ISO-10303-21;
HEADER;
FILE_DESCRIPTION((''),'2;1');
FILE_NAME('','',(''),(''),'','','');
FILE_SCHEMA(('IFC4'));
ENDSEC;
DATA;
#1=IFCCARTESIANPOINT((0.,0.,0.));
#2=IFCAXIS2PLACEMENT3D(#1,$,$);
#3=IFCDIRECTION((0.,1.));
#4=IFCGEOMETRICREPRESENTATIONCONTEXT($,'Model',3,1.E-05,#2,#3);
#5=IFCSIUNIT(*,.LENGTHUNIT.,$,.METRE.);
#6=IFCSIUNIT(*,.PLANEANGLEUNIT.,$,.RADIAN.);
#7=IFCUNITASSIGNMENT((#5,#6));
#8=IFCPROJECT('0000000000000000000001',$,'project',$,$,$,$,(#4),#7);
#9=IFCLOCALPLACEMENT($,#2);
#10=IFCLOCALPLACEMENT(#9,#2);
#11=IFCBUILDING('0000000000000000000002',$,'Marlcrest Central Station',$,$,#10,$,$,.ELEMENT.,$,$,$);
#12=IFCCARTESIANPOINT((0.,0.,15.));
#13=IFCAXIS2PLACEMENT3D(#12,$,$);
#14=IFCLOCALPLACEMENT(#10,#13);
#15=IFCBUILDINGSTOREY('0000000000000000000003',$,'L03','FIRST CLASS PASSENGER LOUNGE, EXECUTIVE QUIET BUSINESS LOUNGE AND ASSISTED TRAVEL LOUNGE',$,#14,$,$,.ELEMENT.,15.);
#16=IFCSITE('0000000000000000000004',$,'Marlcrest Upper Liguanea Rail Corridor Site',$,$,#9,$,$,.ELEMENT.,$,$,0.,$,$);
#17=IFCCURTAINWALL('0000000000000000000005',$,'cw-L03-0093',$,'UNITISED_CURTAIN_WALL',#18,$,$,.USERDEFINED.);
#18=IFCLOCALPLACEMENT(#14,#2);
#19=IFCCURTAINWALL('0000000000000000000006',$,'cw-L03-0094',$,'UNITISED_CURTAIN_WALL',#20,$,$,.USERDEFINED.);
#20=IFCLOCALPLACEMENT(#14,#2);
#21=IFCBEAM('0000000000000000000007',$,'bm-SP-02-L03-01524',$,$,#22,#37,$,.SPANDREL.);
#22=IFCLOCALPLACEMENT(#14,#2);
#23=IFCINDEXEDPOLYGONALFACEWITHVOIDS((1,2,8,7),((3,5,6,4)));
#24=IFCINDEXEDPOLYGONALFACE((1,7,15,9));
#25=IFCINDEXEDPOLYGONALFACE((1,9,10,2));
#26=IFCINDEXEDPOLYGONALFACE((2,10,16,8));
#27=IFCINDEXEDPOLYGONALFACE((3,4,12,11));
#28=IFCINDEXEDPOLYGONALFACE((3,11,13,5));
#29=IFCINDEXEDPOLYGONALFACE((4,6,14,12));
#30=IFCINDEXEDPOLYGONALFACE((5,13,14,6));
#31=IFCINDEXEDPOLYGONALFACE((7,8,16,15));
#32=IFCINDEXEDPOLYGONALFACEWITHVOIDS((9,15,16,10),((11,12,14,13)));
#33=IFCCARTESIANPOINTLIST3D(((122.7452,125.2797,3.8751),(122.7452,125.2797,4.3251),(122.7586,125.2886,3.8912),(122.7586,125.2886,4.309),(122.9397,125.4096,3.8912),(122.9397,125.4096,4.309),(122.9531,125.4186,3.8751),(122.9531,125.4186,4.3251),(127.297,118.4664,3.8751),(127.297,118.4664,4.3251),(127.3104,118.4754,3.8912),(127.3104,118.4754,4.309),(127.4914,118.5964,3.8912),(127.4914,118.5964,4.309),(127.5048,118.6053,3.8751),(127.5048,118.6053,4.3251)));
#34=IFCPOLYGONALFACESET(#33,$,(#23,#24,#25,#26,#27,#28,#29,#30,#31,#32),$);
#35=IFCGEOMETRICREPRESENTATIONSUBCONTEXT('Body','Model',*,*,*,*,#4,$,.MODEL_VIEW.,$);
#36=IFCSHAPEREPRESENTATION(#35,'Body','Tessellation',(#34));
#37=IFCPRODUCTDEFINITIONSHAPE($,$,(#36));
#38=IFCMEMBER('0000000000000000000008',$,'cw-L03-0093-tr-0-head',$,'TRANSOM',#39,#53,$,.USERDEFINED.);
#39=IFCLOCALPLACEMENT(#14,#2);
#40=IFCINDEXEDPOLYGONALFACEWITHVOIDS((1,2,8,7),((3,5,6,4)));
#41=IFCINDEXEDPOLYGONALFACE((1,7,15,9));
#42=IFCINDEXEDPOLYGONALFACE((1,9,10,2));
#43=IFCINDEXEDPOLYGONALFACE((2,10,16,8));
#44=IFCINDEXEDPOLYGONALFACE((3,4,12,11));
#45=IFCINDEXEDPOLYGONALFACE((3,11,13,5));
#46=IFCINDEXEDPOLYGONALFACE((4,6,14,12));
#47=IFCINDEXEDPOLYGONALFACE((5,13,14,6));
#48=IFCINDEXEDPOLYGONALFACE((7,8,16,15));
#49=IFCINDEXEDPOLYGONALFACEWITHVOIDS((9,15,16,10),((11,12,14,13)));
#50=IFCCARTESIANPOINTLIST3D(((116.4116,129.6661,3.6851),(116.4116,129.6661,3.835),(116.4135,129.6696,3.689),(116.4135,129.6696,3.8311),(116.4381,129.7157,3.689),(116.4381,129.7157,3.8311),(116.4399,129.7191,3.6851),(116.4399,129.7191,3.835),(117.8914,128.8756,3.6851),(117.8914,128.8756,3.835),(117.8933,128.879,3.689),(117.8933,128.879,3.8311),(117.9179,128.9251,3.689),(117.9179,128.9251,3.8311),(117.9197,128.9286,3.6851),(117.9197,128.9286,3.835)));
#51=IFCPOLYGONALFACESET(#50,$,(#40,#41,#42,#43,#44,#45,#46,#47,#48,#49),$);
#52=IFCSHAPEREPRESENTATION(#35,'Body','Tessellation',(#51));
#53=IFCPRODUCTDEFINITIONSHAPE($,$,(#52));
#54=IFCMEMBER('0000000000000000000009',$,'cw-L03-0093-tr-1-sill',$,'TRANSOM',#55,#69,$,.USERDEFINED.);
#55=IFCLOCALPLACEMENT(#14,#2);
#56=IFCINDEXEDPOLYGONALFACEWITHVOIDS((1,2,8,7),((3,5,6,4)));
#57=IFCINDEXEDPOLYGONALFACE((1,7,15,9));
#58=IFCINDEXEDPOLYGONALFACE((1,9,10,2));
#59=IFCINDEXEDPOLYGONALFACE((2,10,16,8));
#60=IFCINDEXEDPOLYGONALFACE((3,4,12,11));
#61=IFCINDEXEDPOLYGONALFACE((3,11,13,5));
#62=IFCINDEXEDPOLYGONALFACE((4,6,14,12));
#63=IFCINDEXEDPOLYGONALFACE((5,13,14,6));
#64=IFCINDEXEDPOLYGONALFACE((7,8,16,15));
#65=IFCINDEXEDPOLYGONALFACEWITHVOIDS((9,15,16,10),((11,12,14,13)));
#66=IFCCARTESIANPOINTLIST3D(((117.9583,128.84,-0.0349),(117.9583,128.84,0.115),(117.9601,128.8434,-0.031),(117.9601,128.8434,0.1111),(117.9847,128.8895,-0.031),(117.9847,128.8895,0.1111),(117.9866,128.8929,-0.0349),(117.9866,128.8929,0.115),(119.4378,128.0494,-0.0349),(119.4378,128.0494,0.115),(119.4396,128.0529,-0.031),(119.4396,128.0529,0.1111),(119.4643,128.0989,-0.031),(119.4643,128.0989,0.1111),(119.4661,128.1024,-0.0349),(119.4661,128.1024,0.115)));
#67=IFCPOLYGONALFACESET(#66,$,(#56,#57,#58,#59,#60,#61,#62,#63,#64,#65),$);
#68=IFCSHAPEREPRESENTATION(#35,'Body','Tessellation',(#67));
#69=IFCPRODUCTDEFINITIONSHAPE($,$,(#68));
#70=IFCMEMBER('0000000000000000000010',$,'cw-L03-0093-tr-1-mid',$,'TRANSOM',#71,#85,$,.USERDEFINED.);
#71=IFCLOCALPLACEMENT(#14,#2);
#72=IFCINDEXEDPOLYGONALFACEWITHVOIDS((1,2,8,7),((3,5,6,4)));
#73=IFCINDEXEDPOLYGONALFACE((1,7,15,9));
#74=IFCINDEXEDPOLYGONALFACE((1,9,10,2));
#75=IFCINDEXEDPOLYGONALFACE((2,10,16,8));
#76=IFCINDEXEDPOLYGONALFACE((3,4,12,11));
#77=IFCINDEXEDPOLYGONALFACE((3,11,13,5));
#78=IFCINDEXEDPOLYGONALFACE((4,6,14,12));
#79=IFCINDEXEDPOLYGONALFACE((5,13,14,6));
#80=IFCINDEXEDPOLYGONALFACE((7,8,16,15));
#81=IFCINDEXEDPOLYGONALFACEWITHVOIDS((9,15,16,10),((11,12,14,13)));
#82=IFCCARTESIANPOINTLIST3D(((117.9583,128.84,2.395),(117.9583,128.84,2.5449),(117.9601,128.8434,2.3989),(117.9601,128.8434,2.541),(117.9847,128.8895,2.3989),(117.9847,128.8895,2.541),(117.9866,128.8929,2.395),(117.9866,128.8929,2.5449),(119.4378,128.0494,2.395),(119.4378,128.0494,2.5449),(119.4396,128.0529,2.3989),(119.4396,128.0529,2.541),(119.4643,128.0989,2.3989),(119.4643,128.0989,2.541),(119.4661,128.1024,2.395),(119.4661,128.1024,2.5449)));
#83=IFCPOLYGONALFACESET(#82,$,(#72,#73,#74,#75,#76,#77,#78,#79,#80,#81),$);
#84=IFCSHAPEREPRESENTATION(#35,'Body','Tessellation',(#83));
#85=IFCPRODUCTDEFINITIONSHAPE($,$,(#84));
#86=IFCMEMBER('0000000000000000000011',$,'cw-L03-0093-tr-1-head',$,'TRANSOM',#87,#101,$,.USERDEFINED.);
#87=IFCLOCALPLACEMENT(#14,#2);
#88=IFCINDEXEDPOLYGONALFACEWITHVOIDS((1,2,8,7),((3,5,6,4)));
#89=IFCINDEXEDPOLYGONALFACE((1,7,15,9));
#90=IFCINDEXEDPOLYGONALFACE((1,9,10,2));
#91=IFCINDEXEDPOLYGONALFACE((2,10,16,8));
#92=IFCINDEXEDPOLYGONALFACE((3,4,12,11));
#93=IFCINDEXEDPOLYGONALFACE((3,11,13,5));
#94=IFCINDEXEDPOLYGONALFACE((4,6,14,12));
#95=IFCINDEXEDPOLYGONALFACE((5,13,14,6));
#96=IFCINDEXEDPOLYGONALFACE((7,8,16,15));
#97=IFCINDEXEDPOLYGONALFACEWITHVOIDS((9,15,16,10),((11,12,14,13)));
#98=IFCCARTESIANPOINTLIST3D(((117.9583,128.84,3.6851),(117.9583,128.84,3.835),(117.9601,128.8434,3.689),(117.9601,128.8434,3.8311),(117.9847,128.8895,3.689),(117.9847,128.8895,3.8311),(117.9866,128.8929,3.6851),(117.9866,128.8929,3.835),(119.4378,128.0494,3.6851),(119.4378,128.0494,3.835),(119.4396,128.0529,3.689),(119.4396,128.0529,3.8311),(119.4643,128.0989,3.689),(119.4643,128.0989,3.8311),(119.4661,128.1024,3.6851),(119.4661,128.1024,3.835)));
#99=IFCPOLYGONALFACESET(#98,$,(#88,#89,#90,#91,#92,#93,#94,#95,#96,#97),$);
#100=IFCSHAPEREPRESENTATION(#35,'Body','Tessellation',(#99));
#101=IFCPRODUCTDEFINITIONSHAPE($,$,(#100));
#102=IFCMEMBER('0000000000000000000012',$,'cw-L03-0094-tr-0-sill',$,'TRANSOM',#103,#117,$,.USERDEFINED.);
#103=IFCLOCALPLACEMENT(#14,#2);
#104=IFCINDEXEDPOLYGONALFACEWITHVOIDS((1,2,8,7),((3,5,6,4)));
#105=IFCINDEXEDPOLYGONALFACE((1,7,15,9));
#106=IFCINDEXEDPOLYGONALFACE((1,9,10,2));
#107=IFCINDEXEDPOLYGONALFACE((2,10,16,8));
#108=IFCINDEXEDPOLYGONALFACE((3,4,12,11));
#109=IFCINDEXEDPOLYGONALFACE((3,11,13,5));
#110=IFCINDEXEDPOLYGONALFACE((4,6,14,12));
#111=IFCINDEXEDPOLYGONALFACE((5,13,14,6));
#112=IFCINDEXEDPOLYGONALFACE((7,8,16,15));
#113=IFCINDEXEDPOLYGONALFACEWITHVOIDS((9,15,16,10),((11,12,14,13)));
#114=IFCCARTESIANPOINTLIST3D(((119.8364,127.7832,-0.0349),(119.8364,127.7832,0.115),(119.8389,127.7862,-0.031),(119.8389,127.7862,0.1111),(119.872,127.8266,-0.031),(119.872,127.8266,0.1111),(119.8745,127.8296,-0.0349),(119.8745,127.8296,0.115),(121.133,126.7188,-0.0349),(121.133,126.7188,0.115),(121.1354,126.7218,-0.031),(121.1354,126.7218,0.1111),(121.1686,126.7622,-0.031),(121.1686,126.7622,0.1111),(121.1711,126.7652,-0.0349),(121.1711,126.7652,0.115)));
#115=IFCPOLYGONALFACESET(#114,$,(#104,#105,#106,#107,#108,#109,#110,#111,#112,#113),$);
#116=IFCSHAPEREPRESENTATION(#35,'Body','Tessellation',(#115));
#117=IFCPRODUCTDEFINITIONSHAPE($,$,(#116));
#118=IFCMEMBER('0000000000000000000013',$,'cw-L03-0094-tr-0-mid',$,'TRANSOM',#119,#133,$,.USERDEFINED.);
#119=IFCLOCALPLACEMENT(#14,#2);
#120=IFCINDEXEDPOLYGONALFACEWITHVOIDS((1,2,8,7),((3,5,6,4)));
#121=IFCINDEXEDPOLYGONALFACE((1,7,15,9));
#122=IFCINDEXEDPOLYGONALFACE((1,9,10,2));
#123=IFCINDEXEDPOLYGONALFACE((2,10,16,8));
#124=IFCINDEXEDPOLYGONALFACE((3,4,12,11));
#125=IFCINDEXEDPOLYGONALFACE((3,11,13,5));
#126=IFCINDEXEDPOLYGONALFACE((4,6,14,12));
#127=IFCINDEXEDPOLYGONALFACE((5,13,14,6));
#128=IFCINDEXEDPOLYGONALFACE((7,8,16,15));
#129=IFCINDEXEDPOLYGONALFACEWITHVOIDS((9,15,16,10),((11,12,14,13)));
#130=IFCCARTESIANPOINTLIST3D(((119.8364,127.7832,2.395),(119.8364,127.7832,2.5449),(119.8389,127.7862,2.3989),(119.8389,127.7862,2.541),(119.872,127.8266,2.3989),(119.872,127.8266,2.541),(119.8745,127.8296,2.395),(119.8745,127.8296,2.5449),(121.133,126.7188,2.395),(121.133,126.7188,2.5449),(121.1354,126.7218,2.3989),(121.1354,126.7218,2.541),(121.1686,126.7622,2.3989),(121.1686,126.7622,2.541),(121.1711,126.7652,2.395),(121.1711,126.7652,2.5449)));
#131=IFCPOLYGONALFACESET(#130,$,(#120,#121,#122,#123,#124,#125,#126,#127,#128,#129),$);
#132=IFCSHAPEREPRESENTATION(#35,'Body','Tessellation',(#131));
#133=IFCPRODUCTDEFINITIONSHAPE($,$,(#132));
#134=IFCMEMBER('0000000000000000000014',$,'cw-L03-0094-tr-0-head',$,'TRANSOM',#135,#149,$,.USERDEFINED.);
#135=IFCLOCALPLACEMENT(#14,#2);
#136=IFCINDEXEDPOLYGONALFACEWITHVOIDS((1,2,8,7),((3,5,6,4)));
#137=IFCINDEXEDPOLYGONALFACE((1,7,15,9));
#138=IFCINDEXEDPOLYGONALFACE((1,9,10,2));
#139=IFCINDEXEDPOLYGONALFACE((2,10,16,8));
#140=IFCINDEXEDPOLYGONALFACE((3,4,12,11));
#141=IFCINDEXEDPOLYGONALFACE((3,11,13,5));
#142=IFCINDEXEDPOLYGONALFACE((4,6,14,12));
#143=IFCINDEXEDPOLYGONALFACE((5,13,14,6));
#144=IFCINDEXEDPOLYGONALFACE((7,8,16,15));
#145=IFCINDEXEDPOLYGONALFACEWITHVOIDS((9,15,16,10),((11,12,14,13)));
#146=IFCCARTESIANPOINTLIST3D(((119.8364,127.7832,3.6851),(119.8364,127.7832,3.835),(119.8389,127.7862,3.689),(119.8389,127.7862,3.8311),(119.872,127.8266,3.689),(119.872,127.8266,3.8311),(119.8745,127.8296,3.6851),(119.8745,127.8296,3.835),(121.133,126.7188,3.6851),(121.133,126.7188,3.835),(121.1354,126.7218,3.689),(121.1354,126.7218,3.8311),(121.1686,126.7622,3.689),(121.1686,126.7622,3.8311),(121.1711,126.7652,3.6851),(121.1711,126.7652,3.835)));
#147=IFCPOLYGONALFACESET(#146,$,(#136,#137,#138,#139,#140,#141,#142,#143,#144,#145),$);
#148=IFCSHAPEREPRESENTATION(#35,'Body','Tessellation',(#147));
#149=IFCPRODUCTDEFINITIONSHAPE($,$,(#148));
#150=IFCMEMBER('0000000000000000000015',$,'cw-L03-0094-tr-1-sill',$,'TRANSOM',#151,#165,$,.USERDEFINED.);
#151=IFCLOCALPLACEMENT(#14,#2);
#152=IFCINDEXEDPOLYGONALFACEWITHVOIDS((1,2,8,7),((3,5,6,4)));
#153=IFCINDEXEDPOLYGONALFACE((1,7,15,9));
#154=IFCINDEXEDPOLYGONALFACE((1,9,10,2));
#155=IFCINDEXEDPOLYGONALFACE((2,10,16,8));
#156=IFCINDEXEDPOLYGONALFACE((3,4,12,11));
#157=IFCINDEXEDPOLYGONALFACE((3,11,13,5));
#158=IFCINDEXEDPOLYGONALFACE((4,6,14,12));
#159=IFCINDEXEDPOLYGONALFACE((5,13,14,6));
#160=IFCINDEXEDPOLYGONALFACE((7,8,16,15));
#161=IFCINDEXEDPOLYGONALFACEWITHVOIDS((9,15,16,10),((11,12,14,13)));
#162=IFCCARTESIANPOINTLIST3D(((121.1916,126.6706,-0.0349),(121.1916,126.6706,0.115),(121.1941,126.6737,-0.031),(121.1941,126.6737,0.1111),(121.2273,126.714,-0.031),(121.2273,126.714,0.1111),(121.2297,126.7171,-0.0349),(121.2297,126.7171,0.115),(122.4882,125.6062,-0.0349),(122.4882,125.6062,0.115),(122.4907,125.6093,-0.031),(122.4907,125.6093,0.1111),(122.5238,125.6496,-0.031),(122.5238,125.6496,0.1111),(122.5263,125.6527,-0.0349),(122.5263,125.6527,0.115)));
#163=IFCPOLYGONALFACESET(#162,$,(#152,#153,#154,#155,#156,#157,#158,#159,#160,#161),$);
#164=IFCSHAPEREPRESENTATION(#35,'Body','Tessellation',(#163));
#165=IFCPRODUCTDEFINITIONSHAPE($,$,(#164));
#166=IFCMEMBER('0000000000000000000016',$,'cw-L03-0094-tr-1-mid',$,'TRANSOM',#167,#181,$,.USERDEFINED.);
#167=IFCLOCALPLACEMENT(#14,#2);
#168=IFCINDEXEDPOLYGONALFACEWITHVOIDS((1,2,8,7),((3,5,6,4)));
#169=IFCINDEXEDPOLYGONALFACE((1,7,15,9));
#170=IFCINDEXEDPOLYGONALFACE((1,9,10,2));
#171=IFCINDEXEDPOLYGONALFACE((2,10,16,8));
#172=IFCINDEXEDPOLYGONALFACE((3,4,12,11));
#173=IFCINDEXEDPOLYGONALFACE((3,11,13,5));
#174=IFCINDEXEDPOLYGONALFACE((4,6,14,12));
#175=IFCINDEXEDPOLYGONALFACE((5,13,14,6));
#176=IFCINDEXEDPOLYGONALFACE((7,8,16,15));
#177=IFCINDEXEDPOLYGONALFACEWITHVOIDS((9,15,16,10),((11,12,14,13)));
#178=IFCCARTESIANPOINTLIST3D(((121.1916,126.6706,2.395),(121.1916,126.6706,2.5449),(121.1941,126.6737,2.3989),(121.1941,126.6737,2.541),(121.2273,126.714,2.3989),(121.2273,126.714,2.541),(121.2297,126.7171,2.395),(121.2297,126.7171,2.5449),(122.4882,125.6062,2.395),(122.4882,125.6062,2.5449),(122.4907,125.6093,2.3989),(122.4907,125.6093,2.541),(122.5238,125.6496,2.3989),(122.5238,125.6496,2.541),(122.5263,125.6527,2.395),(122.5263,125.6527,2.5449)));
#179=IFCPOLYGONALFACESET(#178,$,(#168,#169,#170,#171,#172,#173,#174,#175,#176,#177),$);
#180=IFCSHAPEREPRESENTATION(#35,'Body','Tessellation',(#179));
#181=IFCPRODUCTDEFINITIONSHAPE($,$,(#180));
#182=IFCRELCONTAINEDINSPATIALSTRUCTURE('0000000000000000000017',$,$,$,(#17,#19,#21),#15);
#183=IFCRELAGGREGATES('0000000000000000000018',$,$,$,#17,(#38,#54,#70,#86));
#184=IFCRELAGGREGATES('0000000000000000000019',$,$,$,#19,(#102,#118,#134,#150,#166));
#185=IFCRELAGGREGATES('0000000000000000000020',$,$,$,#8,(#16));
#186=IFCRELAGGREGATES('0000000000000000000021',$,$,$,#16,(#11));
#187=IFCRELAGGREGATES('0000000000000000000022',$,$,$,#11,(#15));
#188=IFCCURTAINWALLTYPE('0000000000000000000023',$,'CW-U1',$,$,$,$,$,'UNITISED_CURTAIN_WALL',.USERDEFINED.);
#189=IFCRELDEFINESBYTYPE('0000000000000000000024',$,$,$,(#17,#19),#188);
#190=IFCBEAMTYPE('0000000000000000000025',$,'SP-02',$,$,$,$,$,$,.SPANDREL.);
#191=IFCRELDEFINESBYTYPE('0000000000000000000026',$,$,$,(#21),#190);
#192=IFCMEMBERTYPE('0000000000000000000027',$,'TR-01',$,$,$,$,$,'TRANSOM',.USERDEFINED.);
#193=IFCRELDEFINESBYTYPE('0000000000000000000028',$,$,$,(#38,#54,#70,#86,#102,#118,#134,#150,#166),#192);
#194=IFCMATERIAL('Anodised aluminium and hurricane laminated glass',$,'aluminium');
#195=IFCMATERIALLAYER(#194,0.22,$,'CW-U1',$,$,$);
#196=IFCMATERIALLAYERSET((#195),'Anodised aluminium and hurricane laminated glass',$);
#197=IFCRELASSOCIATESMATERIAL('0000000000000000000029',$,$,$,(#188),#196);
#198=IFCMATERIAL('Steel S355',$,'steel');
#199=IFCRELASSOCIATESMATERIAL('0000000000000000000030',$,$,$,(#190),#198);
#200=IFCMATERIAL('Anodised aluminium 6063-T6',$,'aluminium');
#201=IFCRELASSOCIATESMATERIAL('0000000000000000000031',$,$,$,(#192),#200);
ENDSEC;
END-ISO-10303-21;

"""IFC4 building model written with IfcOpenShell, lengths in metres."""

from ifc_helpers import new_model, si_unit, direction, frame, origin, origin_2d, place, context, subcontext, project, spatial, hollow_rectangle, extrude, material, layer, layer_set, material_profile, profile_set, type_object, element, aggregate, save


model = new_model("IFC4")

# Units and contexts
model_context = context("Model", 3, precision=1e-05, world=origin(), true_north=direction((0.0, 1.0)))
body_context = subcontext(model_context, "Body", "Model", "MODEL_VIEW")
ifc_project = project(units=[si_unit("LENGTHUNIT", "METRE"), si_unit("PLANEANGLEUNIT", "RADIAN")], contexts=[model_context])

# Site, building, storey
site_placement = place(None, origin())
site = spatial("IfcSite", under=ifc_project, at=site_placement, Name="Marlcrest Upper Liguanea Rail Corridor Site", CompositionType="ELEMENT", RefElevation=0.0)
building_placement = place(site_placement, origin())
building = spatial("IfcBuilding", under=site, at=building_placement, Name="Marlcrest Central Station", CompositionType="ELEMENT")
storey_placement = place(building_placement, frame((0.0, 0.0, 15.0)))
storey = spatial("IfcBuildingStorey", under=building, at=storey_placement, Name="L03", Description="FIRST CLASS PASSENGER LOUNGE, EXECUTIVE QUIET BUSINESS LOUNGE AND ASSISTED TRAVEL LOUNGE", CompositionType="ELEMENT", Elevation=15.0)

# Shared definitions
ifc_material_1 = material(Name="Steel S355", Category="steel")

# Curtain walls
ifc_material_2 = material(Name="Anodised aluminium and hurricane laminated glass", Category="aluminium")
ifc_layer_1 = layer(ifc_material_2, 0.22, Name="CW-U1")
ifc_layer_set_1 = layer_set([ifc_layer_1], Name="Anodised aluminium and hurricane laminated glass")
curtain_wall_type = type_object("IfcCurtainWallType", Name="CW-U1", ElementType="UNITISED_CURTAIN_WALL", PredefinedType="USERDEFINED", material=ifc_layer_set_1)
curtain_wall_1_placement = place(storey_placement, origin())
curtain_wall_1 = element("IfcCurtainWall", 1, at=curtain_wall_1_placement, inside=storey, type_object=curtain_wall_type, Name="cw-L03-0093", ObjectType="UNITISED_CURTAIN_WALL", PredefinedType="USERDEFINED")
ifc_material_3 = material(Name="Anodised aluminium 6063-T6", Category="aluminium")
curtain_wall_2_placement = place(storey_placement, origin())
curtain_wall_2 = element("IfcCurtainWall", 2, at=curtain_wall_2_placement, inside=storey, type_object=curtain_wall_type, Name="cw-L03-0094", ObjectType="UNITISED_CURTAIN_WALL", PredefinedType="USERDEFINED")

# Beam
ifc_material_profile_1 = material_profile(ifc_material_1, hollow_rectangle(XDim=0.25, YDim=0.45, WallThickness=0.0161, at=origin_2d()), Name="RHS 450x250x16")
ifc_profile_set_1 = profile_set([ifc_material_profile_1], Name="Steel S355")
beam_type = type_object("IfcBeamType", Name="SP-02", PredefinedType="SPANDREL", material=ifc_profile_set_1)
beam_placement = place(storey_placement, frame((122.8491, 125.3491, 4.1001), z_axis=(0.555511, -0.831509, 0.0), x_axis=(0.831509, 0.555511, 0.0)))
element("IfcBeam", 3, at=beam_placement, inside=storey, type_object=beam_type, Name="bm-SP-02-L03-01524", PredefinedType="SPANDREL", context=body_context, shape_type="SweptSolid", body=[
    extrude(hollow_rectangle(XDim=0.25, YDim=0.45, WallThickness=0.0161, at=origin_2d()), origin(), (0.0, 0.0, 1.0), 8.1938),
])

# Members
ifc_material_profile_2 = material_profile(ifc_material_3, hollow_rectangle(XDim=0.0601, YDim=0.1499, WallThickness=0.0039, at=origin_2d()), Name="AA-RHS 150x60x4")
ifc_profile_set_2 = profile_set([ifc_material_profile_2], Name="Anodised aluminium 6063-T6")
member_type_1 = type_object("IfcMemberType", Name="TR-01", ElementType="TRANSOM", PredefinedType="USERDEFINED", material=ifc_profile_set_2)
member_1_placement = place(storey_placement, frame((116.4258, 129.6926, 3.76), z_axis=(0.882022, -0.471207, 0.0), x_axis=(0.471207, 0.882022, 0.0)))
member_1 = element("IfcMember", 4, at=member_1_placement, type_object=member_type_1, Name="cw-L03-0093-tr-0-head", ObjectType="TRANSOM", PredefinedType="USERDEFINED", context=body_context, shape_type="SweptSolid", body=[
    extrude(hollow_rectangle(XDim=0.0601, YDim=0.1499, WallThickness=0.0039, at=origin_2d()), origin(), (0.0, 0.0, 1.0), 1.6777),
])
member_2_placement = place(storey_placement, frame((117.9724, 128.8665, 0.04), z_axis=(0.88199, -0.471268, 0.0), x_axis=(0.471268, 0.88199, 0.0)))
member_2 = element("IfcMember", 5, at=member_2_placement, type_object=member_type_1, Name="cw-L03-0093-tr-1-sill", ObjectType="TRANSOM", PredefinedType="USERDEFINED", context=body_context, shape_type="SweptSolid", body=[
    extrude(hollow_rectangle(XDim=0.0601, YDim=0.1499, WallThickness=0.0039, at=origin_2d()), origin(), (0.0, 0.0, 1.0), 1.6775),
])
member_3_placement = place(storey_placement, frame((117.9724, 128.8665, 2.47), z_axis=(0.88199, -0.471268, 0.0), x_axis=(0.471268, 0.88199, 0.0)))
member_3 = element("IfcMember", 6, at=member_3_placement, type_object=member_type_1, Name="cw-L03-0093-tr-1-mid", ObjectType="TRANSOM", PredefinedType="USERDEFINED", context=body_context, shape_type="SweptSolid", body=[
    extrude(hollow_rectangle(XDim=0.0601, YDim=0.1499, WallThickness=0.0039, at=origin_2d()), origin(), (0.0, 0.0, 1.0), 1.6775),
])
member_4_placement = place(storey_placement, frame((117.9724, 128.8665, 3.76), z_axis=(0.88199, -0.471268, 0.0), x_axis=(0.471268, 0.88199, 0.0)))
member_4 = element("IfcMember", 7, at=member_4_placement, type_object=member_type_1, Name="cw-L03-0093-tr-1-head", ObjectType="TRANSOM", PredefinedType="USERDEFINED", context=body_context, shape_type="SweptSolid", body=[
    extrude(hollow_rectangle(XDim=0.0601, YDim=0.1499, WallThickness=0.0039, at=origin_2d()), origin(), (0.0, 0.0, 1.0), 1.6775),
])
member_5_placement = place(storey_placement, frame((119.8555, 127.8064, 0.04), z_axis=(0.772912, -0.634513, 0.0), x_axis=(0.634513, 0.772912, 0.0)))
member_5 = element("IfcMember", 8, at=member_5_placement, type_object=member_type_1, Name="cw-L03-0094-tr-0-sill", ObjectType="TRANSOM", PredefinedType="USERDEFINED", context=body_context, shape_type="SweptSolid", body=[
    extrude(hollow_rectangle(XDim=0.0601, YDim=0.1499, WallThickness=0.0039, at=origin_2d()), origin(), (0.0, 0.0, 1.0), 1.6775),
])
member_6_placement = place(storey_placement, frame((119.8555, 127.8064, 2.47), z_axis=(0.772912, -0.634513, 0.0), x_axis=(0.634513, 0.772912, 0.0)))
member_6 = element("IfcMember", 9, at=member_6_placement, type_object=member_type_1, Name="cw-L03-0094-tr-0-mid", ObjectType="TRANSOM", PredefinedType="USERDEFINED", context=body_context, shape_type="SweptSolid", body=[
    extrude(hollow_rectangle(XDim=0.0601, YDim=0.1499, WallThickness=0.0039, at=origin_2d()), origin(), (0.0, 0.0, 1.0), 1.6775),
])
member_7_placement = place(storey_placement, frame((119.8555, 127.8064, 3.76), z_axis=(0.772912, -0.634513, 0.0), x_axis=(0.634513, 0.772912, 0.0)))
member_7 = element("IfcMember", 10, at=member_7_placement, type_object=member_type_1, Name="cw-L03-0094-tr-0-head", ObjectType="TRANSOM", PredefinedType="USERDEFINED", context=body_context, shape_type="SweptSolid", body=[
    extrude(hollow_rectangle(XDim=0.0601, YDim=0.1499, WallThickness=0.0039, at=origin_2d()), origin(), (0.0, 0.0, 1.0), 1.6775),
])
member_8_placement = place(storey_placement, frame((121.2107, 126.6938, 0.04), z_axis=(0.772912, -0.634513, 0.0), x_axis=(0.634513, 0.772912, 0.0)))
member_8 = element("IfcMember", 11, at=member_8_placement, type_object=member_type_1, Name="cw-L03-0094-tr-1-sill", ObjectType="TRANSOM", PredefinedType="USERDEFINED", context=body_context, shape_type="SweptSolid", body=[
    extrude(hollow_rectangle(XDim=0.0601, YDim=0.1499, WallThickness=0.0039, at=origin_2d()), origin(), (0.0, 0.0, 1.0), 1.6775),
])
member_9_placement = place(storey_placement, frame((121.2107, 126.6938, 2.47), z_axis=(0.772912, -0.634513, 0.0), x_axis=(0.634513, 0.772912, 0.0)))
member_9 = element("IfcMember", 12, at=member_9_placement, type_object=member_type_1, Name="cw-L03-0094-tr-1-mid", ObjectType="TRANSOM", PredefinedType="USERDEFINED", context=body_context, shape_type="SweptSolid", body=[
    extrude(hollow_rectangle(XDim=0.0601, YDim=0.1499, WallThickness=0.0039, at=origin_2d()), origin(), (0.0, 0.0, 1.0), 1.6775),
])

aggregate(curtain_wall_1, [member_1, member_2, member_3, member_4])
aggregate(curtain_wall_2, [member_5, member_6, member_7, member_8, member_9])

save(model, "model.ifc")
